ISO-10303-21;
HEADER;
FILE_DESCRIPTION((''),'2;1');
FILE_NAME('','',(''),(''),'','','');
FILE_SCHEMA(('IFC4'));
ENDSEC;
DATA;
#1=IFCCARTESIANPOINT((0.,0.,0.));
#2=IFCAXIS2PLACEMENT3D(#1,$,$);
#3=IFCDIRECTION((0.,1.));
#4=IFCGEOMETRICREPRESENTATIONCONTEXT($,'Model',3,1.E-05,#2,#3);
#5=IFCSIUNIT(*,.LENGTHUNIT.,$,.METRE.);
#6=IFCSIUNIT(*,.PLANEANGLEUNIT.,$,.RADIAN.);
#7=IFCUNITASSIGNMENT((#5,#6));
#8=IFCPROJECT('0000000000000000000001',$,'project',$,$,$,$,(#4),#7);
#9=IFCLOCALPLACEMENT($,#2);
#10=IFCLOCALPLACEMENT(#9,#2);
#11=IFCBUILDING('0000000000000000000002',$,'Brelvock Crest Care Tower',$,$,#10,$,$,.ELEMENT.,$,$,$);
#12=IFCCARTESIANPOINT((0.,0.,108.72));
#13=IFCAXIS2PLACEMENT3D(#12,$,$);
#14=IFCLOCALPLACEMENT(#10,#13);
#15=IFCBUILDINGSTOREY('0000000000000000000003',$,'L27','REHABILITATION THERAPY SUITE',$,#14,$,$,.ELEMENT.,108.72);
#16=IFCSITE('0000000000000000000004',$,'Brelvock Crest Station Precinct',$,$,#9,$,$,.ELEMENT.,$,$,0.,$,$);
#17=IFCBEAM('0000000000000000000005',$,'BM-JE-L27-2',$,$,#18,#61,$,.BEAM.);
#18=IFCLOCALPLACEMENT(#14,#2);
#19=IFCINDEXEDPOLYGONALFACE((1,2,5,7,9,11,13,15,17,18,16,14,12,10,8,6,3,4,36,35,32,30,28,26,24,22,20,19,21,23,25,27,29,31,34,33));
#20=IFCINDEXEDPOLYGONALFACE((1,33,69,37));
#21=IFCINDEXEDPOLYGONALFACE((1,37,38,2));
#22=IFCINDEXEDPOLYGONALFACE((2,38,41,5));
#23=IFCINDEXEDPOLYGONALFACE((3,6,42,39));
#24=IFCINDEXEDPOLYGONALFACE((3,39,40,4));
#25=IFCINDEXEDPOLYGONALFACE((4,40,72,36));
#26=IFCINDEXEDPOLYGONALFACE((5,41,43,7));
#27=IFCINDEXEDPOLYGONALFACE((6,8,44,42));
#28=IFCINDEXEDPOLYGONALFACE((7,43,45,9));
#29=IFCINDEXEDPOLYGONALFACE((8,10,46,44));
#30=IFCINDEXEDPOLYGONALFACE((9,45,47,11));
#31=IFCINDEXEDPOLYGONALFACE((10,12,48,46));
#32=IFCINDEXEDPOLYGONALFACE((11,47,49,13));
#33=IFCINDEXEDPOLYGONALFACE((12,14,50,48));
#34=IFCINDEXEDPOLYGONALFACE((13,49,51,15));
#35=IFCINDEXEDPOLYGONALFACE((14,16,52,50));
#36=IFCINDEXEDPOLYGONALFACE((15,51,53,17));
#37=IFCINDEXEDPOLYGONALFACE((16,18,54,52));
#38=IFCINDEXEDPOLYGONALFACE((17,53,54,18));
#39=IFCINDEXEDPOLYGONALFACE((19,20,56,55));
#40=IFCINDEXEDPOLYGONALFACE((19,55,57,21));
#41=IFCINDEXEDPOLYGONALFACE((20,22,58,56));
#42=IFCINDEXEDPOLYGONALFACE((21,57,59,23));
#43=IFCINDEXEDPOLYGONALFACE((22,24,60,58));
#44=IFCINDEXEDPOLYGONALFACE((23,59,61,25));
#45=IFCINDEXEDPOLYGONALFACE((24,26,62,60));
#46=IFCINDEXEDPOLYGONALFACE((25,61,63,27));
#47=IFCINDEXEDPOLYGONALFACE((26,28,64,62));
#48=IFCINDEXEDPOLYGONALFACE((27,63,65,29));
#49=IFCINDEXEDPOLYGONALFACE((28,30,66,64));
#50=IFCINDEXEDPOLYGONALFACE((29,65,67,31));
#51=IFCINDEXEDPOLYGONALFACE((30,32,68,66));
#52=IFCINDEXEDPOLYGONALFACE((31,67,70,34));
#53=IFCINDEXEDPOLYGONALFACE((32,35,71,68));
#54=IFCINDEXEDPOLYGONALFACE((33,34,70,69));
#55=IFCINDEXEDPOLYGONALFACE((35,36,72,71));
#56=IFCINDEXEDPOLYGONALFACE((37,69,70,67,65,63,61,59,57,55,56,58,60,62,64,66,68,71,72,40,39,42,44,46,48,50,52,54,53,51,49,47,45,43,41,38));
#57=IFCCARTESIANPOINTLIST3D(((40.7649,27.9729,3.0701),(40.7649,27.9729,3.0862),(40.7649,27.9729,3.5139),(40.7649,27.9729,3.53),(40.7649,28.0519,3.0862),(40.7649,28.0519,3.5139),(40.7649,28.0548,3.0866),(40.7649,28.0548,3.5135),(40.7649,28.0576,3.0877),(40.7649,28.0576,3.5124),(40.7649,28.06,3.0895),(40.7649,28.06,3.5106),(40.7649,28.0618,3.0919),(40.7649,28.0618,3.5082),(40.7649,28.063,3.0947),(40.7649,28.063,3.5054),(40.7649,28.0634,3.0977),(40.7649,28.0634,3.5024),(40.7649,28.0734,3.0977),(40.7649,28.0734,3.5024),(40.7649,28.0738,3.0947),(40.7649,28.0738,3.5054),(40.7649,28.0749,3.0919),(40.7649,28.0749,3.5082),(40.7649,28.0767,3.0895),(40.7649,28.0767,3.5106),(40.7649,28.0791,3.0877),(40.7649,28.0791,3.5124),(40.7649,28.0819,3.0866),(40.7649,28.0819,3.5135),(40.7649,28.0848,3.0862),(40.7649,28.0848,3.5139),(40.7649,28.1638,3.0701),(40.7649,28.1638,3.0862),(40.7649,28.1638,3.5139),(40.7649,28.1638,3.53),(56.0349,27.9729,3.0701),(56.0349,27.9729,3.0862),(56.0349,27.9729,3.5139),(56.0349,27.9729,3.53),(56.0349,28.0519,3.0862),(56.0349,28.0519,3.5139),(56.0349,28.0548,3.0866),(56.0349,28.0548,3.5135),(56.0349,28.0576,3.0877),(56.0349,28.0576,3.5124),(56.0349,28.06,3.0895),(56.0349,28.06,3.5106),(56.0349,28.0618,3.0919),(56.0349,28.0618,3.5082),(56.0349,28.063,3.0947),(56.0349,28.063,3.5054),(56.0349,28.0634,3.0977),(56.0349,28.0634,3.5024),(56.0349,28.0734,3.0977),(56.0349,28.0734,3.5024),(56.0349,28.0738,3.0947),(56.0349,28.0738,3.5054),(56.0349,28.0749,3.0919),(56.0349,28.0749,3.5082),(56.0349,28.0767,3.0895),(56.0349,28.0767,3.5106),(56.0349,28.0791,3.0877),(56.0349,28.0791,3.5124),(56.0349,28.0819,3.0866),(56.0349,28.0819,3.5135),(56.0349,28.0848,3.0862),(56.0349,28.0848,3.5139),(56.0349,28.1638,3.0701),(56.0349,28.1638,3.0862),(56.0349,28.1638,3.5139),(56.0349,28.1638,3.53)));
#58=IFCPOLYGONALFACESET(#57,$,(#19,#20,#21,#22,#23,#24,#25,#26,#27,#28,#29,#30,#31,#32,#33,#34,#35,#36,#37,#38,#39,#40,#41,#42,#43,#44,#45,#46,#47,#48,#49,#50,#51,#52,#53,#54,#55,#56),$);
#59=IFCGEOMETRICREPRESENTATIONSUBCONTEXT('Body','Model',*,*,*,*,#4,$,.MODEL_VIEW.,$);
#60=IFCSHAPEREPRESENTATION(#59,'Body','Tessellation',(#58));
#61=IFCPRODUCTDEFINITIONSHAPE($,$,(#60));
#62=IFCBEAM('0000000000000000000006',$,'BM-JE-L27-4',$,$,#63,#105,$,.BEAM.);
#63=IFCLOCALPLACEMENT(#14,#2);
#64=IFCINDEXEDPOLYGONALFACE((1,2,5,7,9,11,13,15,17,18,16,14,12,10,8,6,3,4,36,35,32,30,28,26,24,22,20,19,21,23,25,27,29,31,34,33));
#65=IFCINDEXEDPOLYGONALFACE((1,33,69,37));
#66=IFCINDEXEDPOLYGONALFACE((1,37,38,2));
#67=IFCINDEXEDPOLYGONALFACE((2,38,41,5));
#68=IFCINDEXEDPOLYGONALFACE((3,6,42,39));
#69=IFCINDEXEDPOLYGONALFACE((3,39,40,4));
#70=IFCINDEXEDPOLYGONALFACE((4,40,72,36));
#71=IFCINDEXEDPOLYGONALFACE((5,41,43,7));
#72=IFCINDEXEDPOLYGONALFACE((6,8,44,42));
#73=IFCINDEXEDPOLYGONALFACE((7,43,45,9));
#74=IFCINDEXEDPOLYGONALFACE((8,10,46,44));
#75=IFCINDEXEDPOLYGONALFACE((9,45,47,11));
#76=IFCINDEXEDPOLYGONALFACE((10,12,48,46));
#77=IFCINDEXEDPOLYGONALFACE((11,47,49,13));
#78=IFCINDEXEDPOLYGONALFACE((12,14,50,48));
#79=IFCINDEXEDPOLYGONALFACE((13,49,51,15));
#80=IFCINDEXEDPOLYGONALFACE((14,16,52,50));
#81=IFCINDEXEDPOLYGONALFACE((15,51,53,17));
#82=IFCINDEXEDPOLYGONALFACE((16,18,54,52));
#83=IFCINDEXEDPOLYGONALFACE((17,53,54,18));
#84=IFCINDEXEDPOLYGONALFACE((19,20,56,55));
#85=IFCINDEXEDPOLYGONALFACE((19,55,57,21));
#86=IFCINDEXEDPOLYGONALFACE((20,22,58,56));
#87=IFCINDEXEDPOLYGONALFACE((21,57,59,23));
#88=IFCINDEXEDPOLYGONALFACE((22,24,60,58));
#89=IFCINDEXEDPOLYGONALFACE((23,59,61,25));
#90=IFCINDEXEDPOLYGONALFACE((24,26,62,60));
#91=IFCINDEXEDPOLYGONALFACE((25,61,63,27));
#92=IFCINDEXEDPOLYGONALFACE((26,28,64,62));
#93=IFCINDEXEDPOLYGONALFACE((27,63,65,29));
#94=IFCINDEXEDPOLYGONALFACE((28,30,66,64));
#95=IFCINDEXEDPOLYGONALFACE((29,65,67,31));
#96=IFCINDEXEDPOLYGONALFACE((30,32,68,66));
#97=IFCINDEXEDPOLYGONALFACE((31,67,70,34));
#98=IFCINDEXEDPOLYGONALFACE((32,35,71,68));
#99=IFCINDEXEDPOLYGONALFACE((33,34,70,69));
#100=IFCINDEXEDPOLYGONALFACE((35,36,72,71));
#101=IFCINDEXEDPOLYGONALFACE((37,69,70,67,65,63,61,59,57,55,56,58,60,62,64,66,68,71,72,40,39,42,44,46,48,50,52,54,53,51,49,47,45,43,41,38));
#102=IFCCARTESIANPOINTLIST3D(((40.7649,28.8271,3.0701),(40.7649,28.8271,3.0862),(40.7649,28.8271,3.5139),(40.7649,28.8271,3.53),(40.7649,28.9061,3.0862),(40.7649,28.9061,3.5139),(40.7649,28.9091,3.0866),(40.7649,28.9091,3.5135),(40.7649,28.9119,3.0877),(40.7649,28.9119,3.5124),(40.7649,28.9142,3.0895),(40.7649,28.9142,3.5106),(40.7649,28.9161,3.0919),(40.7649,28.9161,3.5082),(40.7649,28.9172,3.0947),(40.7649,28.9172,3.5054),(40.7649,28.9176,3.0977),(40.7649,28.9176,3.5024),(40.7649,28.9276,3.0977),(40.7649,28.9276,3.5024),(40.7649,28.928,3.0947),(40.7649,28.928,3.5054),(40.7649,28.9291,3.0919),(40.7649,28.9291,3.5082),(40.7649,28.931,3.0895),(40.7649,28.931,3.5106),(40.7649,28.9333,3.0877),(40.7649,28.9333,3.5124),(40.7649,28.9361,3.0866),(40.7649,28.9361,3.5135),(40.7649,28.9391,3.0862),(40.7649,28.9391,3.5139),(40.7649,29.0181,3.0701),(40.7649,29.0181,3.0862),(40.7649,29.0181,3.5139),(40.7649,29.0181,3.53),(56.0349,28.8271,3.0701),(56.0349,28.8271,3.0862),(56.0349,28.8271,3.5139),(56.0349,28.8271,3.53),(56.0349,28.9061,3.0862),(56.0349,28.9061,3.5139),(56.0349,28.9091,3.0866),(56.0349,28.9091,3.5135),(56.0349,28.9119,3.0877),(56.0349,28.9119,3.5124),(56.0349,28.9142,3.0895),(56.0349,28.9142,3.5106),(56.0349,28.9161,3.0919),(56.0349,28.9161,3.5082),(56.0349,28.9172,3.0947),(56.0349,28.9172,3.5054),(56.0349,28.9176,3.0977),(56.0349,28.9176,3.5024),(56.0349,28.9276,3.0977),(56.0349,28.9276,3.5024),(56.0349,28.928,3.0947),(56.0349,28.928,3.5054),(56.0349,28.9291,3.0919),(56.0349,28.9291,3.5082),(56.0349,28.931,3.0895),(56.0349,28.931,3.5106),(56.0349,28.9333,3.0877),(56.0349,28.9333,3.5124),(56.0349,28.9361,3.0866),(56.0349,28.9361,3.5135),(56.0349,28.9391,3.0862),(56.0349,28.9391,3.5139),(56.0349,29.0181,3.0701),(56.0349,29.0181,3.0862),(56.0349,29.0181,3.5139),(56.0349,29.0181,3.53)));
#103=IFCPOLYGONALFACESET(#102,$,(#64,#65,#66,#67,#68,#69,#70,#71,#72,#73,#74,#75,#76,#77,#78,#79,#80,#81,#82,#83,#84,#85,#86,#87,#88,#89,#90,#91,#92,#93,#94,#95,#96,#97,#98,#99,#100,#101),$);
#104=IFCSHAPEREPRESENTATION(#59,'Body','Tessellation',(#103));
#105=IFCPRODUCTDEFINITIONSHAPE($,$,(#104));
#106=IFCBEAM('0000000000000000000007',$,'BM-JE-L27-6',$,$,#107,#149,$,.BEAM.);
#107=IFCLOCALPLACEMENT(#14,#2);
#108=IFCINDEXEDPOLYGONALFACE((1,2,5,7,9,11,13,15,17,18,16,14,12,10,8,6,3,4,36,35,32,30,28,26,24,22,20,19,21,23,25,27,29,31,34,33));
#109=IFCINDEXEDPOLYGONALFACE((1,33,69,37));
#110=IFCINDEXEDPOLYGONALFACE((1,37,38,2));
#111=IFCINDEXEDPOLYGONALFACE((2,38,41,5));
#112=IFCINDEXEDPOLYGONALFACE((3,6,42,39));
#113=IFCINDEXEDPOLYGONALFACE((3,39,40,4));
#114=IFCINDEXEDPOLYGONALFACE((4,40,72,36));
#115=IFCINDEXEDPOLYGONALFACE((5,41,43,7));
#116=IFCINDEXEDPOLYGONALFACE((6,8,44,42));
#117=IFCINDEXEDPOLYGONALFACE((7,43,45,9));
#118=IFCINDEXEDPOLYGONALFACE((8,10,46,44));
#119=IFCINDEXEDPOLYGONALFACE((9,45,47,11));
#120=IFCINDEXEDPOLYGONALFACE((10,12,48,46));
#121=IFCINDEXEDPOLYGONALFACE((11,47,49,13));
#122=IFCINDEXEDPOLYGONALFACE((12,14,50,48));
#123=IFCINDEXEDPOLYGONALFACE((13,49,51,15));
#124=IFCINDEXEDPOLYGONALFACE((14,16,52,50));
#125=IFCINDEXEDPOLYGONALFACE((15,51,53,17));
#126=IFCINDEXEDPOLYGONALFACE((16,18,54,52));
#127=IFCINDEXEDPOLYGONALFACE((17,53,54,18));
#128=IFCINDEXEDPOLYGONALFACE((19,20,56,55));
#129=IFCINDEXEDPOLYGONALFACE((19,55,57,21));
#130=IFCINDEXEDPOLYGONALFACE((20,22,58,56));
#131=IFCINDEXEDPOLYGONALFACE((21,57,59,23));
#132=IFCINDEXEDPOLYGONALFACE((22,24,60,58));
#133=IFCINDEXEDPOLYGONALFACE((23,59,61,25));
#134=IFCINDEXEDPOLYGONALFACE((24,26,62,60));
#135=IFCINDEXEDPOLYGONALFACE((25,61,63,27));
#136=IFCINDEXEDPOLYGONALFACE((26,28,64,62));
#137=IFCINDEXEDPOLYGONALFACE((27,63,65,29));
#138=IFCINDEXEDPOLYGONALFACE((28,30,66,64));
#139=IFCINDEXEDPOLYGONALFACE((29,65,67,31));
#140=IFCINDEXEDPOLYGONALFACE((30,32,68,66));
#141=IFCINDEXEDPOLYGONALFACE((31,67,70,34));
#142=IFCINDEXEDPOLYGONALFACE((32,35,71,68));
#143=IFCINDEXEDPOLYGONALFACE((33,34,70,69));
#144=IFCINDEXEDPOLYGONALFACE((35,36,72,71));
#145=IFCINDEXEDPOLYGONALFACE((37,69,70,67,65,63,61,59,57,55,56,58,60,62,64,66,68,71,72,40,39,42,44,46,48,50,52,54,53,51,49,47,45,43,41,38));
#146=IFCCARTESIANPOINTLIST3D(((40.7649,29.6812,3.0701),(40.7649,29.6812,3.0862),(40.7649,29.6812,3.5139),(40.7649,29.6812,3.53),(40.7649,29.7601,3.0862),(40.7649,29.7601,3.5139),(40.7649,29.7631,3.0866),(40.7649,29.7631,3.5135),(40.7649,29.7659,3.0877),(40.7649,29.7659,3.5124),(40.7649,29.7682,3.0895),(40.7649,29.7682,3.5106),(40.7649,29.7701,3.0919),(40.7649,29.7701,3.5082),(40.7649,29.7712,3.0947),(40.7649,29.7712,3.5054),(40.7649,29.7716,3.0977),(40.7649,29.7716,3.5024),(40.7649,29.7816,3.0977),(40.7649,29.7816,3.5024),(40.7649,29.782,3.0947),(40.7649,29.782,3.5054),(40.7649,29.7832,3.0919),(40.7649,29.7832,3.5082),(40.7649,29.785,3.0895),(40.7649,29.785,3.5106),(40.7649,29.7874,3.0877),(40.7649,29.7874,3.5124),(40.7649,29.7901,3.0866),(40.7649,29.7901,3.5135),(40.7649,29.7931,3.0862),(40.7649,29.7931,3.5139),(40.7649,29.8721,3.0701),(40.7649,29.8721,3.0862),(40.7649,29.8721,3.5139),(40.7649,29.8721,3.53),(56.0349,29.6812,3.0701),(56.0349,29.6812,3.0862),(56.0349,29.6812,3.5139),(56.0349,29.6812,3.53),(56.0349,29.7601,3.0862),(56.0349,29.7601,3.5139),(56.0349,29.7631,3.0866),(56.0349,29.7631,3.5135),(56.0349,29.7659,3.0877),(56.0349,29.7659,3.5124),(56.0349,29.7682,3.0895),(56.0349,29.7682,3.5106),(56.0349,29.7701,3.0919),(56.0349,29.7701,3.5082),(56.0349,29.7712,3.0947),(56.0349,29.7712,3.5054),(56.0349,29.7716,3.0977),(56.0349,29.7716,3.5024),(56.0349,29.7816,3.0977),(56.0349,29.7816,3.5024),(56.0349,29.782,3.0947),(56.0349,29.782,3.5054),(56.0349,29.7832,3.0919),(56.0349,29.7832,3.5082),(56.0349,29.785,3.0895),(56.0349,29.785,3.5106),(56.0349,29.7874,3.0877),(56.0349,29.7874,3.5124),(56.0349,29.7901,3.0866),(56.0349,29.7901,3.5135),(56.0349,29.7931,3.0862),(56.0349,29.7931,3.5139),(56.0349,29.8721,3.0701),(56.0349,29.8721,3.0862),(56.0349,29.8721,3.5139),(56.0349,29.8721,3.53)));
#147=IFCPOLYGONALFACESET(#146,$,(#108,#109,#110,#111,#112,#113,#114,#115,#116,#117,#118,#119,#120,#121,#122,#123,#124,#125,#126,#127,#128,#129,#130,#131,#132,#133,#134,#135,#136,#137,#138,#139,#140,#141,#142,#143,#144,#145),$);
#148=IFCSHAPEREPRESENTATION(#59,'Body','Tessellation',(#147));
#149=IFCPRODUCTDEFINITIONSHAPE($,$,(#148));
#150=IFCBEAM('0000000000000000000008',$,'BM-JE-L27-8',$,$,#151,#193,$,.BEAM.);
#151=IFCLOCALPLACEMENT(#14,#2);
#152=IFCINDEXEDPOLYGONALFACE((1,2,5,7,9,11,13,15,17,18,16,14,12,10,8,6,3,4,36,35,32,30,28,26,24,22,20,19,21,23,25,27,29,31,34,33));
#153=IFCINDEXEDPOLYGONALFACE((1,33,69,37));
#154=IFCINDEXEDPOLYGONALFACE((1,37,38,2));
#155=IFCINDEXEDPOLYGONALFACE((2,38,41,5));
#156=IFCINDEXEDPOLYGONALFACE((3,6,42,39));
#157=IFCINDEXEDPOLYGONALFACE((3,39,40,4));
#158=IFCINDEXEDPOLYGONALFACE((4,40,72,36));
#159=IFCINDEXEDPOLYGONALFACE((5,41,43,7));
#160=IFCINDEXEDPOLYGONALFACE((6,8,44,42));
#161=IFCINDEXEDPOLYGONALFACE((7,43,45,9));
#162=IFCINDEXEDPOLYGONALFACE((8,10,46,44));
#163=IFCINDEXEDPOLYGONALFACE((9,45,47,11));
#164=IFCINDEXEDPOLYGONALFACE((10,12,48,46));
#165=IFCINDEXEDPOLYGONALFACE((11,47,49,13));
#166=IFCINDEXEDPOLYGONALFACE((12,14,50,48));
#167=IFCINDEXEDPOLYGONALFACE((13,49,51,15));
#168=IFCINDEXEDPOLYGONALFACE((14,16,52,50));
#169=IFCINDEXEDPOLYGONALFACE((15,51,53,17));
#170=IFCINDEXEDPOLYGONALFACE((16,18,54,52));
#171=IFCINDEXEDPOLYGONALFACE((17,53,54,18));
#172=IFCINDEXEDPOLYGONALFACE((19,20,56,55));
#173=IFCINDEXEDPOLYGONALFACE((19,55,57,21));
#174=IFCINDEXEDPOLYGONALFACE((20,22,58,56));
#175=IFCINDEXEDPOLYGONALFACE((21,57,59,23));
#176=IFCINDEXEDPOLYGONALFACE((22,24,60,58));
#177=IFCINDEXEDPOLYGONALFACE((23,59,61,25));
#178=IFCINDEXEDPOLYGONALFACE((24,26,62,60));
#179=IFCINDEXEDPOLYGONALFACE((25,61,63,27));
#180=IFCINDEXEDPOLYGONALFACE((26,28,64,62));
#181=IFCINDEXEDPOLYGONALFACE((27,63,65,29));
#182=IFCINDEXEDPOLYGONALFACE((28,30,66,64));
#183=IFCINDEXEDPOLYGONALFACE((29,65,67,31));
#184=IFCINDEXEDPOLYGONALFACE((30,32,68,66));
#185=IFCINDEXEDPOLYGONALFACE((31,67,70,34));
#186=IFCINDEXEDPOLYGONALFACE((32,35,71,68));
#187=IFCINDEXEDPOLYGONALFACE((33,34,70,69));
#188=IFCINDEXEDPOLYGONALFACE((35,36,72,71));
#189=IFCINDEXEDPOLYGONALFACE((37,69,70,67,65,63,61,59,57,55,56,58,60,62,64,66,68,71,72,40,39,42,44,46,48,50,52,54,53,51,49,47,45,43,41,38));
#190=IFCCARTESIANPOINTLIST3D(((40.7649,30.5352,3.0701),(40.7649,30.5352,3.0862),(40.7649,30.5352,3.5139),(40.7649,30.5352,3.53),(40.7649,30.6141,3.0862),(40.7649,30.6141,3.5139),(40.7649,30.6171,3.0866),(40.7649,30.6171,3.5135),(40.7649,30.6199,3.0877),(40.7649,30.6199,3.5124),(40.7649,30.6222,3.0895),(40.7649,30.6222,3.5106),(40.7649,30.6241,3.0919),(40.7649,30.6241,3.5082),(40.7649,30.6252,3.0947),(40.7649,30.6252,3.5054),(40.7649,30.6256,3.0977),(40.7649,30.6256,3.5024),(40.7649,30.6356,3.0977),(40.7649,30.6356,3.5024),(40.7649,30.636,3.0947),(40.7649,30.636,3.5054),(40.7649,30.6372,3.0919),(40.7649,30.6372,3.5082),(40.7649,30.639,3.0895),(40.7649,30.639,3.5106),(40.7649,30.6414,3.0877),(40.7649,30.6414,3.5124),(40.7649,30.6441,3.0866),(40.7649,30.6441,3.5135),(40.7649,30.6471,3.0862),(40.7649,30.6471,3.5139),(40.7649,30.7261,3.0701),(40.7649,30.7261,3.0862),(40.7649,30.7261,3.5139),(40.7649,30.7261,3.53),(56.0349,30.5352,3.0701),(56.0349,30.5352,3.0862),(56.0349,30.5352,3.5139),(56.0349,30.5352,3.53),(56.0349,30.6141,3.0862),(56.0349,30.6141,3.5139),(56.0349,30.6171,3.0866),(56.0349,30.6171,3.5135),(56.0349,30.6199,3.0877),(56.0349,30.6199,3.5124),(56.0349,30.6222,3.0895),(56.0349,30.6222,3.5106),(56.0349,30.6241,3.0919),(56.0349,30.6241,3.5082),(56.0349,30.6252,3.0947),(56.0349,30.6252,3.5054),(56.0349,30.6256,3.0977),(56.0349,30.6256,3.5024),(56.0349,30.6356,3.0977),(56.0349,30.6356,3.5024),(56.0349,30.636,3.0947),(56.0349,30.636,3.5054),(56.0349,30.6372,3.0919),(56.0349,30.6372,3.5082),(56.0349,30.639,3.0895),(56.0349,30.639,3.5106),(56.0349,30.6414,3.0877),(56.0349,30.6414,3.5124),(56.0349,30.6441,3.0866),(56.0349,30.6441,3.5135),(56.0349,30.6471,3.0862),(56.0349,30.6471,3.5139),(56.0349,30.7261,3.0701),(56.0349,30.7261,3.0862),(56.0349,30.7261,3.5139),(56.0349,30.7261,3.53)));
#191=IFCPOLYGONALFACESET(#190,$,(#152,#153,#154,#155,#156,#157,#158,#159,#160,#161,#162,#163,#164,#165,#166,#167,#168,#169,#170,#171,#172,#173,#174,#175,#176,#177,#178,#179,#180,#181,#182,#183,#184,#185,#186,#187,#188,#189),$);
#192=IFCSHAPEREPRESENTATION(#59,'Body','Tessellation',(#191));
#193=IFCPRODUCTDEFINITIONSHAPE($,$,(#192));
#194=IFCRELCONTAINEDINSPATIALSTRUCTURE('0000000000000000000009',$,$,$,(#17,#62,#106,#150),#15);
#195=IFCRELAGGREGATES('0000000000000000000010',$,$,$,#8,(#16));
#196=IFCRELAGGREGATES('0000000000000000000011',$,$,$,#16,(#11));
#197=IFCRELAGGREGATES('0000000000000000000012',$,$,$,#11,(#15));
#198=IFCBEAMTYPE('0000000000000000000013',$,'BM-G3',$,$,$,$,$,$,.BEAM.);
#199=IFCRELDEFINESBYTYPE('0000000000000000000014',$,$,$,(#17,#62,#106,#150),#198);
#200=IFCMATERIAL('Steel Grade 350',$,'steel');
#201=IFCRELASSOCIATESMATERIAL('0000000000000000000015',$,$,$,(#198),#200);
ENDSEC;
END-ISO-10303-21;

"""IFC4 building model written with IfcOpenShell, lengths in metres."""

from ifc_helpers import new_model, si_unit, direction, frame, origin, origin_2d, place, context, subcontext, project, spatial, i_section, extrude, source, transform, mapped, material, material_profile, profile_set, type_object, element, save


model = new_model("IFC4")

# Units and contexts
model_context = context("Model", 3, precision=1e-05, world=origin(), true_north=direction((0.0, 1.0)))
body_context = subcontext(model_context, "Body", "Model", "MODEL_VIEW")
ifc_project = project(units=[si_unit("LENGTHUNIT", "METRE"), si_unit("PLANEANGLEUNIT", "RADIAN")], contexts=[model_context])

# Site, building, storey
site_placement = place(None, origin())
site = spatial("IfcSite", under=ifc_project, at=site_placement, Name="Brelvock Crest Station Precinct", CompositionType="ELEMENT", RefElevation=0.0)
building_placement = place(site_placement, origin())
building = spatial("IfcBuilding", under=site, at=building_placement, Name="Brelvock Crest Care Tower", CompositionType="ELEMENT")
storey_placement = place(building_placement, frame((0.0, 0.0, 108.72)))
storey = spatial("IfcBuildingStorey", under=building, at=storey_placement, Name="L27", Description="REHABILITATION THERAPY SUITE", CompositionType="ELEMENT", Elevation=108.72)

# Shared definitions
ifc_material_1 = material(Name="Steel Grade 350", Category="steel")

# Beams
ifc_material_profile_1 = material_profile(ifc_material_1, i_section(OverallWidth=0.1909, OverallDepth=0.46, WebThickness=0.01, FlangeThickness=0.0161, FilletRadius=0.0115, at=origin_2d()), Name="460UB82.1")
ifc_profile_set_1 = profile_set([ifc_material_profile_1], Name="Steel Grade 350")
beam_type_1 = type_object("IfcBeamType", Name="BM-G3", PredefinedType="BEAM", material=ifc_profile_set_1)
shared_shape_1 = source(origin(), body_context, "Body", "SweptSolid", [
    extrude(i_section(OverallWidth=0.1909, OverallDepth=0.46, WebThickness=0.01, FlangeThickness=0.0161, FilletRadius=0.0115, at=origin_2d()), origin(), (0.0, 0.0, 1.0), 15.27),
])
for number, where, z_axis, x_axis, name in (
    (1, (40.7649, 28.0684, 3.3), (1.0, 0.0, 0.0), (0.0, 1.0, 0.0), "BM-JE-L27-2"),
    (2, (40.7649, 28.9226, 3.3), (1.0, 0.0, 0.0), (0.0, 1.0, 0.0), "BM-JE-L27-4"),
    (3, (40.7649, 29.7766, 3.3), (1.0, 0.0, 0.0), (0.0, 1.0, 0.0), "BM-JE-L27-6"),
    (4, (40.7649, 30.6306, 3.3), (1.0, 0.0, 0.0), (0.0, 1.0, 0.0), "BM-JE-L27-8"),
):
    element("IfcBeam", number, at=place(storey_placement, frame(where, z_axis=z_axis, x_axis=x_axis)), inside=storey, type_object=beam_type_1, Name=name, PredefinedType="BEAM", context=body_context, shape_type="MappedRepresentation", body=[
        mapped(shared_shape_1, transform((0.0, 0.0, 0.0), x_axis=(1.0, 0.0, 0.0), y_axis=(0.0, 1.0, 0.0), z_axis=(0.0, 0.0, 1.0), scale=1.0)),
    ])

save(model, "model.ifc")
